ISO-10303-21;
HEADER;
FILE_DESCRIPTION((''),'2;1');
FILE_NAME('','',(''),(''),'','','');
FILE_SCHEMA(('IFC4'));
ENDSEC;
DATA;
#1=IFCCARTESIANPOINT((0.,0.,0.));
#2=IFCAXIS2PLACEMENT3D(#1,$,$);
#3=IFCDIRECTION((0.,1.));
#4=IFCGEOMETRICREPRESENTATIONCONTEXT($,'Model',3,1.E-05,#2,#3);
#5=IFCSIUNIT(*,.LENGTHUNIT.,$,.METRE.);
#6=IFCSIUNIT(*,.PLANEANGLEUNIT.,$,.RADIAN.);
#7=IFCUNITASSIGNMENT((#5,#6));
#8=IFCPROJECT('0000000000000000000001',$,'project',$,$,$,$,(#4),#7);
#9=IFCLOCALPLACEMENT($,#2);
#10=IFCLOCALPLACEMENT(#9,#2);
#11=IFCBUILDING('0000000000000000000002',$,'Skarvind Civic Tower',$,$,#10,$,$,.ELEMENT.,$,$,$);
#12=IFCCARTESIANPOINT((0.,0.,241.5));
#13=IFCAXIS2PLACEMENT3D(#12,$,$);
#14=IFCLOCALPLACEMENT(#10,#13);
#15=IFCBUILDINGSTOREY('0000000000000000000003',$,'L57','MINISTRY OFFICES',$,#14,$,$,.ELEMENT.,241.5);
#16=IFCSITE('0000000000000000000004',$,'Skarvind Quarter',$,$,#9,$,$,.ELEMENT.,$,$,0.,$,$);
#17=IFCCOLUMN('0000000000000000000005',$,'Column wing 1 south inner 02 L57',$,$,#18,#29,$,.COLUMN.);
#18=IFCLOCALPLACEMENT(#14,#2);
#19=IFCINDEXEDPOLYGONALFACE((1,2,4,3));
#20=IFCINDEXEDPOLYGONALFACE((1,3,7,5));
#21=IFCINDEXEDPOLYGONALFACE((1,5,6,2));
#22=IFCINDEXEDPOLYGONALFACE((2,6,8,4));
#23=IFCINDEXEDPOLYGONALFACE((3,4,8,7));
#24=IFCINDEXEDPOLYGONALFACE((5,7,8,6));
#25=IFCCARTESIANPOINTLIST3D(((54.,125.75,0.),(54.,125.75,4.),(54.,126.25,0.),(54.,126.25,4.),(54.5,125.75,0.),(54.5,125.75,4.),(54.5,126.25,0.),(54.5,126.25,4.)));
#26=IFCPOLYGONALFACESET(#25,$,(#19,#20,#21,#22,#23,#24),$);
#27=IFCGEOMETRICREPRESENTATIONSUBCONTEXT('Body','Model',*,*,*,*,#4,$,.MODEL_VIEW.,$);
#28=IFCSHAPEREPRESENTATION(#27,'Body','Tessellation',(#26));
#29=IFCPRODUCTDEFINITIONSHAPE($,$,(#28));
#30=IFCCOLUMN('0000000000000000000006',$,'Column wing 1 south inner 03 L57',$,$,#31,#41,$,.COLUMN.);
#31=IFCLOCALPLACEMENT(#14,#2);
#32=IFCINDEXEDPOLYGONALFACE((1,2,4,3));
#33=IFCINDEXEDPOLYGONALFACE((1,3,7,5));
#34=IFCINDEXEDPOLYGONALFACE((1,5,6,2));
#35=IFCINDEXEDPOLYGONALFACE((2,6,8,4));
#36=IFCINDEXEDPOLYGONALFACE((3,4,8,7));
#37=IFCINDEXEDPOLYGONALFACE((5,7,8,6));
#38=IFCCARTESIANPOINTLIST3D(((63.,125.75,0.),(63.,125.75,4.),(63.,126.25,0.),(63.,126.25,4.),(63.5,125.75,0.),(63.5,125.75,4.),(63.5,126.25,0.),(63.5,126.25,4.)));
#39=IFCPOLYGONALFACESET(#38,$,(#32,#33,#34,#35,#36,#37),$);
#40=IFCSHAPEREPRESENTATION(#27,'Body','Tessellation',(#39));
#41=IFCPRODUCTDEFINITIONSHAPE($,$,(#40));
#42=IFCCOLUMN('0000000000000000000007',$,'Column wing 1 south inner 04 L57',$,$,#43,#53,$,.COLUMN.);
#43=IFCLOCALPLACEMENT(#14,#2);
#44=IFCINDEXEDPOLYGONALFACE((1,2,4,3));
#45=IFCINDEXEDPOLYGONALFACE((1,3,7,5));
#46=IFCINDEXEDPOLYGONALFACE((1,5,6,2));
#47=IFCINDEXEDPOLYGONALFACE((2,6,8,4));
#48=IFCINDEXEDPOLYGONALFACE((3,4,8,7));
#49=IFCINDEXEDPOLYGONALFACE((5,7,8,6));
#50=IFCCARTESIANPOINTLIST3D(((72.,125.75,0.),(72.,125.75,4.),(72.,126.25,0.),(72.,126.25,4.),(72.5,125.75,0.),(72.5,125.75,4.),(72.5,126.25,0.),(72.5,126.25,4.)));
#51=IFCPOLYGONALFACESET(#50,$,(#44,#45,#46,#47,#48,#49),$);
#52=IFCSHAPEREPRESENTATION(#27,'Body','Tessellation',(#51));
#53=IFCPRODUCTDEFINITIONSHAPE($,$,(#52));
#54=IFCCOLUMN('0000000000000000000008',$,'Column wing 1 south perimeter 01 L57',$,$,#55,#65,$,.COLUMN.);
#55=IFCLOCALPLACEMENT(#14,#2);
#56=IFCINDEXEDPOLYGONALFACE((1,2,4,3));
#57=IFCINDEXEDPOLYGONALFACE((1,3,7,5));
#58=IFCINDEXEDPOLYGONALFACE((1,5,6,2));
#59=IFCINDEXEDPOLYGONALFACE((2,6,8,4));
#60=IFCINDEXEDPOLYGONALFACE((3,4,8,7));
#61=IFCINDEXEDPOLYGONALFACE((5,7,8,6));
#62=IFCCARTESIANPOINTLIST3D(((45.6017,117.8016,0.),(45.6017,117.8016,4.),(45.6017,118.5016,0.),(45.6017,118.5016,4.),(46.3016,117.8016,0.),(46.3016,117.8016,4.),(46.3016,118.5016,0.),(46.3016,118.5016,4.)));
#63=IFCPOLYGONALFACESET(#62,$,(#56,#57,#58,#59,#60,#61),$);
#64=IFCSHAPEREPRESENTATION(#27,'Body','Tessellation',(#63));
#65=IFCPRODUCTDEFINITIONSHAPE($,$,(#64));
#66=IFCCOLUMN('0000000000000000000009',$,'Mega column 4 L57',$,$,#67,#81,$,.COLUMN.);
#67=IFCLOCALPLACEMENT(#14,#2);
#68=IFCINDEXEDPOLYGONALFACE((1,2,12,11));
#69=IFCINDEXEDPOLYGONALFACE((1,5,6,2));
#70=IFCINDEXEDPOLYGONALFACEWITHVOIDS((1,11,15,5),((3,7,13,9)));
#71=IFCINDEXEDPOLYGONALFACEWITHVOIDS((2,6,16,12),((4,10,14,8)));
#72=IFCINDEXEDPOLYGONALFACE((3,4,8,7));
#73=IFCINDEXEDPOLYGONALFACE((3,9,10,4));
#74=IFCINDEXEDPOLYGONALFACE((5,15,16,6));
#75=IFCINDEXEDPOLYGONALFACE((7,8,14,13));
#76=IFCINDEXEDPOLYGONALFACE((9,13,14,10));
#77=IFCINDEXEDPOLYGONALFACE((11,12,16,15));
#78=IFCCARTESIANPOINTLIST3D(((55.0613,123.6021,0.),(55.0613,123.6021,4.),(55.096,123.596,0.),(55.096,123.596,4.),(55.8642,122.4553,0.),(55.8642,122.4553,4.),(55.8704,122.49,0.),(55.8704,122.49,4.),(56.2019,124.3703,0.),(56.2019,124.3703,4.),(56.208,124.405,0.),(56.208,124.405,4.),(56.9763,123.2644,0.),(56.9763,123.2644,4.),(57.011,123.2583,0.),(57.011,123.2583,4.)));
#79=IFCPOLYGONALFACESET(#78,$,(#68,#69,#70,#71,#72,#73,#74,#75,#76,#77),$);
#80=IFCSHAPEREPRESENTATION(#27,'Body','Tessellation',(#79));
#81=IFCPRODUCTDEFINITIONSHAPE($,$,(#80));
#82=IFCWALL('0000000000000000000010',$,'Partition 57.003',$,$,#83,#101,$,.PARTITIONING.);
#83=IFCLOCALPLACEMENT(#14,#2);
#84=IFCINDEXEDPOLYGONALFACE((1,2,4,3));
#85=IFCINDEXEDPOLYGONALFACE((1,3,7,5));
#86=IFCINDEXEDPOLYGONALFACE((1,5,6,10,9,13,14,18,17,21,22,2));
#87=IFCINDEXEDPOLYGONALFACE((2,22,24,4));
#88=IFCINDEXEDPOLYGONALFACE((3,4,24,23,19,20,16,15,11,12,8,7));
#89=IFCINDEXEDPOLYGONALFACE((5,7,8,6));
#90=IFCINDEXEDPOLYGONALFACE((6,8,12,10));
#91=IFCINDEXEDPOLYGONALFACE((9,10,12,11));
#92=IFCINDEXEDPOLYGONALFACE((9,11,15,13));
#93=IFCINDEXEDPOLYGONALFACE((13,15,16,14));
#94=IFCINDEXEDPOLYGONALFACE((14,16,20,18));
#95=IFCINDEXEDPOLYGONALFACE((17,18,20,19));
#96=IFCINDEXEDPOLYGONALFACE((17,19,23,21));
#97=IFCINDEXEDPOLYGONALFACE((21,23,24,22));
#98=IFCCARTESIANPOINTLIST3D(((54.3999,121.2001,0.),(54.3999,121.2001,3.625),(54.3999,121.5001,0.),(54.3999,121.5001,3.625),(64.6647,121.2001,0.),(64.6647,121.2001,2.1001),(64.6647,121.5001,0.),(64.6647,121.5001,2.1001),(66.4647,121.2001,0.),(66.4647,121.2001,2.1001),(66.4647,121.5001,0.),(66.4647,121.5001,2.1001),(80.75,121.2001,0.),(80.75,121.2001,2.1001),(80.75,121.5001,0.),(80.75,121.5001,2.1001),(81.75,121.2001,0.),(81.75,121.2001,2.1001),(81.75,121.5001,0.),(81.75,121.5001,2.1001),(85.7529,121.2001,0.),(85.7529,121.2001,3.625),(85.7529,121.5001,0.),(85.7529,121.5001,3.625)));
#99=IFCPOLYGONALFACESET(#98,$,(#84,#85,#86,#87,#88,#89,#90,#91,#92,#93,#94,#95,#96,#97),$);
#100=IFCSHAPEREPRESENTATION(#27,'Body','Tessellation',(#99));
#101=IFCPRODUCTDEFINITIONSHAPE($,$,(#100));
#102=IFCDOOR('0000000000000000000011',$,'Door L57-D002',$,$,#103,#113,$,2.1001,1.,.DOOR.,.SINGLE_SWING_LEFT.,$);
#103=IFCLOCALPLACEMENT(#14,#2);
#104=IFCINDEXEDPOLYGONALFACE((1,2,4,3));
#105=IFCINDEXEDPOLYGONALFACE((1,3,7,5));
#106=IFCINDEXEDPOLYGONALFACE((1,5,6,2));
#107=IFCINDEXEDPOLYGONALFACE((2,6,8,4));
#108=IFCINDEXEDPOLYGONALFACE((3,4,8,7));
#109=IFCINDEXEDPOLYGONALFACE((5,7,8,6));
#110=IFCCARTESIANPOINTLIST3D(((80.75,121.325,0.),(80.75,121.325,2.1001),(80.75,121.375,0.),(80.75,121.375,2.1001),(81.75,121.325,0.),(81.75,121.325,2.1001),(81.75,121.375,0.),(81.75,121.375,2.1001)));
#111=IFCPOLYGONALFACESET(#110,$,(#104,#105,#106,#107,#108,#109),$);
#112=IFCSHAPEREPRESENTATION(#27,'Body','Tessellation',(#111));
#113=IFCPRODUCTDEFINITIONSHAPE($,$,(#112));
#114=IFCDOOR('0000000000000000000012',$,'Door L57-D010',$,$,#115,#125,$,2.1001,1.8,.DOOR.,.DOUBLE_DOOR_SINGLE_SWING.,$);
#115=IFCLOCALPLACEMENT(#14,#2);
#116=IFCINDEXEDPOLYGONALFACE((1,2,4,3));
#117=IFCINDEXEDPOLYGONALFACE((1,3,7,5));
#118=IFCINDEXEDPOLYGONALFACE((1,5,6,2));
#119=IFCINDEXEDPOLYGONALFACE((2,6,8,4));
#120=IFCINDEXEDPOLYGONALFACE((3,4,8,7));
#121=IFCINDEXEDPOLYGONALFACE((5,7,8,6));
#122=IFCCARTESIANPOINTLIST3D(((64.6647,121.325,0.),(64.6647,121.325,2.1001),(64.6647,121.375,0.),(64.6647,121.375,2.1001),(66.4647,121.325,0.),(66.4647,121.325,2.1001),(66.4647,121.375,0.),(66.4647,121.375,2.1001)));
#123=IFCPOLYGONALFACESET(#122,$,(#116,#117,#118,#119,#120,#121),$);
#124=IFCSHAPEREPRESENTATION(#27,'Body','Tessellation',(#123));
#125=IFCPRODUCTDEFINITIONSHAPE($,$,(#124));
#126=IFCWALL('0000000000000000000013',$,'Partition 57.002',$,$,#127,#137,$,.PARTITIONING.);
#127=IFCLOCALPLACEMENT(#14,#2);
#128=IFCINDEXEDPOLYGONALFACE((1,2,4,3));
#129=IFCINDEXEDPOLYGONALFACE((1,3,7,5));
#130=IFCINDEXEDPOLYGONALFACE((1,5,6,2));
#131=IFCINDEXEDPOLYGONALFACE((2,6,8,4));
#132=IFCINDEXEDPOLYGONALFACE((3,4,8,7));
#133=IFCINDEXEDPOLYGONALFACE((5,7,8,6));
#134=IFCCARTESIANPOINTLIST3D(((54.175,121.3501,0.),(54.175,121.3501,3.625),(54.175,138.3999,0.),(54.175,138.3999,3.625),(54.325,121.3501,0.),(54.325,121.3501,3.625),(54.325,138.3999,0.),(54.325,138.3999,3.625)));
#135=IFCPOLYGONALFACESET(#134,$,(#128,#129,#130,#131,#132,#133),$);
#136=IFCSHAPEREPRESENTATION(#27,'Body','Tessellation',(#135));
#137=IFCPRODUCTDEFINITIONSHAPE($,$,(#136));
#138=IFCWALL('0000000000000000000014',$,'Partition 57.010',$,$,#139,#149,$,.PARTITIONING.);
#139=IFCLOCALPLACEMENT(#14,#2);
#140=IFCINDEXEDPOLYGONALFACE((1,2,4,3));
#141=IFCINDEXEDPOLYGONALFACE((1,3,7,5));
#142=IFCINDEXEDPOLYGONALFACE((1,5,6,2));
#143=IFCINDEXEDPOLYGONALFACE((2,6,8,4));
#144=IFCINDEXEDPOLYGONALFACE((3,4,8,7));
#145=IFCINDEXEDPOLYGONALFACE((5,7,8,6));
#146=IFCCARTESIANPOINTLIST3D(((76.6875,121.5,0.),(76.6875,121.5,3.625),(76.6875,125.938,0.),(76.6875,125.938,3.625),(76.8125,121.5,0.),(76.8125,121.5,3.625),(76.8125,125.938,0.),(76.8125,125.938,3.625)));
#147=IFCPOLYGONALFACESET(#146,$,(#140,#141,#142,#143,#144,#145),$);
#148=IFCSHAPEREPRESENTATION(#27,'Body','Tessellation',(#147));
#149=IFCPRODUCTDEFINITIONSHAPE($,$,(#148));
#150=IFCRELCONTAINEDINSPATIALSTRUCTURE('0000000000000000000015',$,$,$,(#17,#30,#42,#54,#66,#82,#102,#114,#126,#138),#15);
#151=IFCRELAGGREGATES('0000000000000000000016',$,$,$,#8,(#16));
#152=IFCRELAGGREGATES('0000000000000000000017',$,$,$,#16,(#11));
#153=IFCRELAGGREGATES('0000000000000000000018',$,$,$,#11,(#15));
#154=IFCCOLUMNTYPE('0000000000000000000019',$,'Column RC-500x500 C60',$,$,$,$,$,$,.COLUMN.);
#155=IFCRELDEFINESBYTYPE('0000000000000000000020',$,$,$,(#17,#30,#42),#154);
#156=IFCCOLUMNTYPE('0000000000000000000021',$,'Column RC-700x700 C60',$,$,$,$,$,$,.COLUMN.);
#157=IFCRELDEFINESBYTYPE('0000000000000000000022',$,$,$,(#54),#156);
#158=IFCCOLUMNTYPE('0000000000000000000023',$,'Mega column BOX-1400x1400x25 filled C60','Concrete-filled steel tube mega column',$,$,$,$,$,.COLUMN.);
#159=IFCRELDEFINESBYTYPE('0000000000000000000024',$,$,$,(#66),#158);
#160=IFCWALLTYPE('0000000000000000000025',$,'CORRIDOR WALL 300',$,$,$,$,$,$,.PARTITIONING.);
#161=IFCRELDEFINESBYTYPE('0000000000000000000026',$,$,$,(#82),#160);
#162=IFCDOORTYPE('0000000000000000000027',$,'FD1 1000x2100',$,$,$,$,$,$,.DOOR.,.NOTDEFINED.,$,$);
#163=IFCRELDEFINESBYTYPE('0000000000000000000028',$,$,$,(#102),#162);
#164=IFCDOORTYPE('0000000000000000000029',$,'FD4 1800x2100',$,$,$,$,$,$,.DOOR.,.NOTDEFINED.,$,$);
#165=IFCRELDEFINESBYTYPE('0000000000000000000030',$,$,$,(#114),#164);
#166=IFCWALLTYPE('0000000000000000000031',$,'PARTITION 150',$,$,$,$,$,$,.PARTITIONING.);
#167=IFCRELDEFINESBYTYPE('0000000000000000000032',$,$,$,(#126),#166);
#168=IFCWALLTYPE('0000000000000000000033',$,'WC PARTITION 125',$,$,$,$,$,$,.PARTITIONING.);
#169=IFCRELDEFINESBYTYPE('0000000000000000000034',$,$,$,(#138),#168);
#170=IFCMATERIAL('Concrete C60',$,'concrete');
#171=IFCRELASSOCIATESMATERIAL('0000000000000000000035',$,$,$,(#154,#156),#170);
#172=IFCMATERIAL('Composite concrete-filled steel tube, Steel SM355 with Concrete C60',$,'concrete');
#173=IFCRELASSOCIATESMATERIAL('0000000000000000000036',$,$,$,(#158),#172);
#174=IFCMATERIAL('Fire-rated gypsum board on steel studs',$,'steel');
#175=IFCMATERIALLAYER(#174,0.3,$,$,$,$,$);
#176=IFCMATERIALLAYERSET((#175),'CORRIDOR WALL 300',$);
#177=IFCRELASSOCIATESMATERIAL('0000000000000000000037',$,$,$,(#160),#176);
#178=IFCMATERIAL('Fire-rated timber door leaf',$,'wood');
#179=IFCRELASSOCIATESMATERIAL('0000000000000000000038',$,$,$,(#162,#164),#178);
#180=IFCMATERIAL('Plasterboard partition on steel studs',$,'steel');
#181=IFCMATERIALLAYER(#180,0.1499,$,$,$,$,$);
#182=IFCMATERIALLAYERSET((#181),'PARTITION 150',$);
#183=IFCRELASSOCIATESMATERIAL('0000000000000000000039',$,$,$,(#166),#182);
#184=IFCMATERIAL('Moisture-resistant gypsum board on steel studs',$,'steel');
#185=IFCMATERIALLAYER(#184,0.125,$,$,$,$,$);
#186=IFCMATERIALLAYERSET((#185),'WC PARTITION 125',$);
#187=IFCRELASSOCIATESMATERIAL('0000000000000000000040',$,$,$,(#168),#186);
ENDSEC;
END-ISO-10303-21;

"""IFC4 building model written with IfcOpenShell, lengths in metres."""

from ifc_helpers import new_model, si_unit, direction, frame, frame_2d, origin, origin_2d, place, context, subcontext, project, spatial, rectangle, hollow_rectangle, extrude, material, layer, layer_set, material_profile, profile_set, type_object, element, fill, save


model = new_model("IFC4")

# Units and contexts
model_context = context("Model", 3, precision=1e-05, world=origin(), true_north=direction((0.0, 1.0)))
body_context = subcontext(model_context, "Body", "Model", "MODEL_VIEW")
ifc_project = project(units=[si_unit("LENGTHUNIT", "METRE"), si_unit("PLANEANGLEUNIT", "RADIAN")], contexts=[model_context])

# Site, building, storey
site_placement = place(None, origin())
site = spatial("IfcSite", under=ifc_project, at=site_placement, Name="Skarvind Quarter", CompositionType="ELEMENT", RefElevation=0.0)
building_placement = place(site_placement, origin())
building = spatial("IfcBuilding", under=site, at=building_placement, Name="Skarvind Civic Tower", CompositionType="ELEMENT")
storey_placement = place(building_placement, frame((0.0, 0.0, 241.5)))
storey = spatial("IfcBuildingStorey", under=building, at=storey_placement, Name="L57", Description="MINISTRY OFFICES", CompositionType="ELEMENT", Elevation=241.5)

# Columns
ifc_material_1 = material(Name="Concrete C60", Category="concrete")
ifc_material_profile_1 = material_profile(ifc_material_1, rectangle(XDim=0.5, YDim=0.5, at=origin_2d()), Name="RC-500x500")
ifc_profile_set_1 = profile_set([ifc_material_profile_1], Name="Concrete C60")
column_type_1 = type_object("IfcColumnType", Name="Column RC-500x500 C60", PredefinedType="COLUMN", material=ifc_profile_set_1)
for number, where, z_axis, x_axis, name in (
    (1, (54.25, 126.0, 0.0), (0.0, 0.0, 1.0), (1.0, 0.0, 0.0), "Column wing 1 south inner 02 L57"),
    (2, (63.25, 126.0, 0.0), (0.0, 0.0, 1.0), (1.0, 0.0, 0.0), "Column wing 1 south inner 03 L57"),
    (3, (72.25, 126.0, 0.0), (0.0, 0.0, 1.0), (1.0, 0.0, 0.0), "Column wing 1 south inner 04 L57"),
):
    element("IfcColumn", number, at=place(storey_placement, frame(where, z_axis=z_axis, x_axis=x_axis)), inside=storey, type_object=column_type_1, Name=name, PredefinedType="COLUMN", context=body_context, shape_type="SweptSolid", body=[
        extrude(rectangle(XDim=0.5, YDim=0.5, at=origin_2d()), origin(), (0.0, 0.0, 1.0), 4.0),
    ])
ifc_material_profile_2 = material_profile(ifc_material_1, rectangle(XDim=0.7, YDim=0.7, at=origin_2d()), Name="RC-700x700")
ifc_profile_set_2 = profile_set([ifc_material_profile_2], Name="Concrete C60")
column_type_2 = type_object("IfcColumnType", Name="Column RC-700x700 C60", PredefinedType="COLUMN", material=ifc_profile_set_2)
column_1_placement = place(storey_placement, frame((45.9517, 118.1516, 0.0), z_axis=(0.0, 0.0, 1.0), x_axis=(1.0, 0.0, 0.0)))
element("IfcColumn", 4, at=column_1_placement, inside=storey, type_object=column_type_2, Name="Column wing 1 south perimeter 01 L57", PredefinedType="COLUMN", context=body_context, shape_type="SweptSolid", body=[
    extrude(rectangle(XDim=0.7, YDim=0.7, at=origin_2d()), origin(), (0.0, 0.0, 1.0), 4.0),
])
ifc_material_2 = material(Name="Composite concrete-filled steel tube, Steel SM355 with Concrete C60", Category="concrete")
ifc_material_profile_3 = material_profile(ifc_material_2, hollow_rectangle(XDim=1.3999, YDim=1.3999, WallThickness=0.0249, at=origin_2d()), Name="BOX-1400x1400x25")
ifc_profile_set_3 = profile_set([ifc_material_profile_3], Name="Composite concrete-filled steel tube, Steel SM355 with Concrete C60")
column_type_3 = type_object("IfcColumnType", Name="Mega column BOX-1400x1400x25 filled C60", Description="Concrete-filled steel tube mega column", PredefinedType="COLUMN", material=ifc_profile_set_3)
column_2_placement = place(storey_placement, frame((56.0361, 123.4302, 0.0), z_axis=(0.0, 0.0, 1.0), x_axis=(0.573576, -0.819152, 0.0)))
element("IfcColumn", 5, at=column_2_placement, inside=storey, type_object=column_type_3, Name="Mega column 4 L57", PredefinedType="COLUMN", context=body_context, shape_type="SweptSolid", body=[
    extrude(hollow_rectangle(XDim=1.3999, YDim=1.3999, WallThickness=0.0249, at=origin_2d()), origin(), (0.0, 0.0, 1.0), 4.0),
])

# Wall, openings, doors
ifc_material_3 = material(Name="Fire-rated gypsum board on steel studs", Category="steel")
ifc_layer_1 = layer(ifc_material_3, 0.3)
ifc_layer_set_1 = layer_set([ifc_layer_1], Name="CORRIDOR WALL 300")
wall_type_1 = type_object("IfcWallType", Name="CORRIDOR WALL 300", PredefinedType="PARTITIONING", material=ifc_layer_set_1)
wall_1_placement = place(storey_placement, frame((54.3999, 121.3501, 0.0), z_axis=(0.0, 0.0, 1.0), x_axis=(1.0, 0.0, 0.0)))
wall_1 = element("IfcWall", 6, at=wall_1_placement, inside=storey, type_object=wall_type_1, Name="Partition 57.003", PredefinedType="PARTITIONING", context=body_context, shape_type="SweptSolid", body=[
    extrude(rectangle(XDim=31.353, YDim=0.3, at=frame_2d((15.6765, 0.0))), origin(), (0.0, 0.0, 1.0), 3.625),
])
opening_1_placement = place(wall_1_placement, frame((26.3501, 0.0, 0.0)))
opening_1 = element("IfcOpeningElement", 7, at=opening_1_placement, cuts=wall_1, PredefinedType="OPENING", context=body_context, shape_type="SweptSolid", body=[
    extrude(rectangle(XDim=1.0, YDim=2.1001, at=frame_2d((0.5, 1.05))), frame((0.0, 0.1599, 0.0), z_axis=(0.0, -1.0, 0.0), x_axis=(1.0, 0.0, 0.0)), (0.0, 0.0, 1.0), 0.3201),
])
opening_2_placement = place(wall_1_placement, frame((10.2649, 0.0, 0.0)))
opening_2 = element("IfcOpeningElement", 8, at=opening_2_placement, cuts=wall_1, PredefinedType="OPENING", context=body_context, shape_type="SweptSolid", body=[
    extrude(rectangle(XDim=1.8, YDim=2.1001, at=frame_2d((0.8999, 1.05))), frame((0.0, 0.1599, 0.0), z_axis=(0.0, -1.0, 0.0), x_axis=(1.0, 0.0, 0.0)), (0.0, 0.0, 1.0), 0.3201),
])
ifc_material_4 = material(Name="Fire-rated timber door leaf", Category="wood")
door_type_1 = type_object("IfcDoorType", Name="FD1 1000x2100", OperationType="NOTDEFINED", PredefinedType="DOOR", material=ifc_material_4)
door_1_placement = place(opening_1_placement, origin())
door_1 = element("IfcDoor", 9, at=door_1_placement, inside=storey, type_object=door_type_1, Name="Door L57-D002", OperationType="SINGLE_SWING_LEFT", OverallHeight=2.1001, OverallWidth=1.0, PredefinedType="DOOR", context=body_context, shape_type="SweptSolid", body=[
    extrude(rectangle(XDim=1.0, YDim=2.1001, at=frame_2d((0.5, 1.05))), frame((0.0, 0.0249, 0.0), z_axis=(0.0, -1.0, 0.0), x_axis=(1.0, 0.0, 0.0)), (0.0, 0.0, 1.0), 0.05),
])
fill(opening_1, door_1)
door_type_2 = type_object("IfcDoorType", Name="FD4 1800x2100", OperationType="NOTDEFINED", PredefinedType="DOOR", material=ifc_material_4)
door_2_placement = place(opening_2_placement, origin())
door_2 = element("IfcDoor", 10, at=door_2_placement, inside=storey, type_object=door_type_2, Name="Door L57-D010", OperationType="DOUBLE_DOOR_SINGLE_SWING", OverallHeight=2.1001, OverallWidth=1.8, PredefinedType="DOOR", context=body_context, shape_type="SweptSolid", body=[
    extrude(rectangle(XDim=1.8, YDim=2.1001, at=frame_2d((0.8999, 1.05))), frame((0.0, 0.0249, 0.0), z_axis=(0.0, -1.0, 0.0), x_axis=(1.0, 0.0, 0.0)), (0.0, 0.0, 1.0), 0.05),
])
fill(opening_2, door_2)

# Walls
ifc_material_5 = material(Name="Plasterboard partition on steel studs", Category="steel")
ifc_layer_2 = layer(ifc_material_5, 0.1499)
ifc_layer_set_2 = layer_set([ifc_layer_2], Name="PARTITION 150")
wall_type_2 = type_object("IfcWallType", Name="PARTITION 150", PredefinedType="PARTITIONING", material=ifc_layer_set_2)
wall_2_placement = place(storey_placement, frame((54.25, 121.3501, 0.0), z_axis=(0.0, 0.0, 1.0), x_axis=(0.0, 1.0, 0.0)))
element("IfcWall", 11, at=wall_2_placement, inside=storey, type_object=wall_type_2, Name="Partition 57.002", PredefinedType="PARTITIONING", context=body_context, shape_type="SweptSolid", body=[
    extrude(rectangle(XDim=17.0498, YDim=0.1499, at=frame_2d((8.5249, 0.0))), origin(), (0.0, 0.0, 1.0), 3.625),
])
ifc_material_6 = material(Name="Moisture-resistant gypsum board on steel studs", Category="steel")
ifc_layer_3 = layer(ifc_material_6, 0.125)
ifc_layer_set_3 = layer_set([ifc_layer_3], Name="WC PARTITION 125")
wall_type_3 = type_object("IfcWallType", Name="WC PARTITION 125", PredefinedType="PARTITIONING", material=ifc_layer_set_3)
wall_3_placement = place(storey_placement, frame((76.75, 121.5, 0.0), z_axis=(0.0, 0.0, 1.0), x_axis=(0.0, 1.0, 0.0)))
element("IfcWall", 12, at=wall_3_placement, inside=storey, type_object=wall_type_3, Name="Partition 57.010", PredefinedType="PARTITIONING", context=body_context, shape_type="SweptSolid", body=[
    extrude(rectangle(XDim=4.438, YDim=0.125, at=frame_2d((2.219, 0.0))), origin(), (0.0, 0.0, 1.0), 3.625),
])

save(model, "model.ifc")
